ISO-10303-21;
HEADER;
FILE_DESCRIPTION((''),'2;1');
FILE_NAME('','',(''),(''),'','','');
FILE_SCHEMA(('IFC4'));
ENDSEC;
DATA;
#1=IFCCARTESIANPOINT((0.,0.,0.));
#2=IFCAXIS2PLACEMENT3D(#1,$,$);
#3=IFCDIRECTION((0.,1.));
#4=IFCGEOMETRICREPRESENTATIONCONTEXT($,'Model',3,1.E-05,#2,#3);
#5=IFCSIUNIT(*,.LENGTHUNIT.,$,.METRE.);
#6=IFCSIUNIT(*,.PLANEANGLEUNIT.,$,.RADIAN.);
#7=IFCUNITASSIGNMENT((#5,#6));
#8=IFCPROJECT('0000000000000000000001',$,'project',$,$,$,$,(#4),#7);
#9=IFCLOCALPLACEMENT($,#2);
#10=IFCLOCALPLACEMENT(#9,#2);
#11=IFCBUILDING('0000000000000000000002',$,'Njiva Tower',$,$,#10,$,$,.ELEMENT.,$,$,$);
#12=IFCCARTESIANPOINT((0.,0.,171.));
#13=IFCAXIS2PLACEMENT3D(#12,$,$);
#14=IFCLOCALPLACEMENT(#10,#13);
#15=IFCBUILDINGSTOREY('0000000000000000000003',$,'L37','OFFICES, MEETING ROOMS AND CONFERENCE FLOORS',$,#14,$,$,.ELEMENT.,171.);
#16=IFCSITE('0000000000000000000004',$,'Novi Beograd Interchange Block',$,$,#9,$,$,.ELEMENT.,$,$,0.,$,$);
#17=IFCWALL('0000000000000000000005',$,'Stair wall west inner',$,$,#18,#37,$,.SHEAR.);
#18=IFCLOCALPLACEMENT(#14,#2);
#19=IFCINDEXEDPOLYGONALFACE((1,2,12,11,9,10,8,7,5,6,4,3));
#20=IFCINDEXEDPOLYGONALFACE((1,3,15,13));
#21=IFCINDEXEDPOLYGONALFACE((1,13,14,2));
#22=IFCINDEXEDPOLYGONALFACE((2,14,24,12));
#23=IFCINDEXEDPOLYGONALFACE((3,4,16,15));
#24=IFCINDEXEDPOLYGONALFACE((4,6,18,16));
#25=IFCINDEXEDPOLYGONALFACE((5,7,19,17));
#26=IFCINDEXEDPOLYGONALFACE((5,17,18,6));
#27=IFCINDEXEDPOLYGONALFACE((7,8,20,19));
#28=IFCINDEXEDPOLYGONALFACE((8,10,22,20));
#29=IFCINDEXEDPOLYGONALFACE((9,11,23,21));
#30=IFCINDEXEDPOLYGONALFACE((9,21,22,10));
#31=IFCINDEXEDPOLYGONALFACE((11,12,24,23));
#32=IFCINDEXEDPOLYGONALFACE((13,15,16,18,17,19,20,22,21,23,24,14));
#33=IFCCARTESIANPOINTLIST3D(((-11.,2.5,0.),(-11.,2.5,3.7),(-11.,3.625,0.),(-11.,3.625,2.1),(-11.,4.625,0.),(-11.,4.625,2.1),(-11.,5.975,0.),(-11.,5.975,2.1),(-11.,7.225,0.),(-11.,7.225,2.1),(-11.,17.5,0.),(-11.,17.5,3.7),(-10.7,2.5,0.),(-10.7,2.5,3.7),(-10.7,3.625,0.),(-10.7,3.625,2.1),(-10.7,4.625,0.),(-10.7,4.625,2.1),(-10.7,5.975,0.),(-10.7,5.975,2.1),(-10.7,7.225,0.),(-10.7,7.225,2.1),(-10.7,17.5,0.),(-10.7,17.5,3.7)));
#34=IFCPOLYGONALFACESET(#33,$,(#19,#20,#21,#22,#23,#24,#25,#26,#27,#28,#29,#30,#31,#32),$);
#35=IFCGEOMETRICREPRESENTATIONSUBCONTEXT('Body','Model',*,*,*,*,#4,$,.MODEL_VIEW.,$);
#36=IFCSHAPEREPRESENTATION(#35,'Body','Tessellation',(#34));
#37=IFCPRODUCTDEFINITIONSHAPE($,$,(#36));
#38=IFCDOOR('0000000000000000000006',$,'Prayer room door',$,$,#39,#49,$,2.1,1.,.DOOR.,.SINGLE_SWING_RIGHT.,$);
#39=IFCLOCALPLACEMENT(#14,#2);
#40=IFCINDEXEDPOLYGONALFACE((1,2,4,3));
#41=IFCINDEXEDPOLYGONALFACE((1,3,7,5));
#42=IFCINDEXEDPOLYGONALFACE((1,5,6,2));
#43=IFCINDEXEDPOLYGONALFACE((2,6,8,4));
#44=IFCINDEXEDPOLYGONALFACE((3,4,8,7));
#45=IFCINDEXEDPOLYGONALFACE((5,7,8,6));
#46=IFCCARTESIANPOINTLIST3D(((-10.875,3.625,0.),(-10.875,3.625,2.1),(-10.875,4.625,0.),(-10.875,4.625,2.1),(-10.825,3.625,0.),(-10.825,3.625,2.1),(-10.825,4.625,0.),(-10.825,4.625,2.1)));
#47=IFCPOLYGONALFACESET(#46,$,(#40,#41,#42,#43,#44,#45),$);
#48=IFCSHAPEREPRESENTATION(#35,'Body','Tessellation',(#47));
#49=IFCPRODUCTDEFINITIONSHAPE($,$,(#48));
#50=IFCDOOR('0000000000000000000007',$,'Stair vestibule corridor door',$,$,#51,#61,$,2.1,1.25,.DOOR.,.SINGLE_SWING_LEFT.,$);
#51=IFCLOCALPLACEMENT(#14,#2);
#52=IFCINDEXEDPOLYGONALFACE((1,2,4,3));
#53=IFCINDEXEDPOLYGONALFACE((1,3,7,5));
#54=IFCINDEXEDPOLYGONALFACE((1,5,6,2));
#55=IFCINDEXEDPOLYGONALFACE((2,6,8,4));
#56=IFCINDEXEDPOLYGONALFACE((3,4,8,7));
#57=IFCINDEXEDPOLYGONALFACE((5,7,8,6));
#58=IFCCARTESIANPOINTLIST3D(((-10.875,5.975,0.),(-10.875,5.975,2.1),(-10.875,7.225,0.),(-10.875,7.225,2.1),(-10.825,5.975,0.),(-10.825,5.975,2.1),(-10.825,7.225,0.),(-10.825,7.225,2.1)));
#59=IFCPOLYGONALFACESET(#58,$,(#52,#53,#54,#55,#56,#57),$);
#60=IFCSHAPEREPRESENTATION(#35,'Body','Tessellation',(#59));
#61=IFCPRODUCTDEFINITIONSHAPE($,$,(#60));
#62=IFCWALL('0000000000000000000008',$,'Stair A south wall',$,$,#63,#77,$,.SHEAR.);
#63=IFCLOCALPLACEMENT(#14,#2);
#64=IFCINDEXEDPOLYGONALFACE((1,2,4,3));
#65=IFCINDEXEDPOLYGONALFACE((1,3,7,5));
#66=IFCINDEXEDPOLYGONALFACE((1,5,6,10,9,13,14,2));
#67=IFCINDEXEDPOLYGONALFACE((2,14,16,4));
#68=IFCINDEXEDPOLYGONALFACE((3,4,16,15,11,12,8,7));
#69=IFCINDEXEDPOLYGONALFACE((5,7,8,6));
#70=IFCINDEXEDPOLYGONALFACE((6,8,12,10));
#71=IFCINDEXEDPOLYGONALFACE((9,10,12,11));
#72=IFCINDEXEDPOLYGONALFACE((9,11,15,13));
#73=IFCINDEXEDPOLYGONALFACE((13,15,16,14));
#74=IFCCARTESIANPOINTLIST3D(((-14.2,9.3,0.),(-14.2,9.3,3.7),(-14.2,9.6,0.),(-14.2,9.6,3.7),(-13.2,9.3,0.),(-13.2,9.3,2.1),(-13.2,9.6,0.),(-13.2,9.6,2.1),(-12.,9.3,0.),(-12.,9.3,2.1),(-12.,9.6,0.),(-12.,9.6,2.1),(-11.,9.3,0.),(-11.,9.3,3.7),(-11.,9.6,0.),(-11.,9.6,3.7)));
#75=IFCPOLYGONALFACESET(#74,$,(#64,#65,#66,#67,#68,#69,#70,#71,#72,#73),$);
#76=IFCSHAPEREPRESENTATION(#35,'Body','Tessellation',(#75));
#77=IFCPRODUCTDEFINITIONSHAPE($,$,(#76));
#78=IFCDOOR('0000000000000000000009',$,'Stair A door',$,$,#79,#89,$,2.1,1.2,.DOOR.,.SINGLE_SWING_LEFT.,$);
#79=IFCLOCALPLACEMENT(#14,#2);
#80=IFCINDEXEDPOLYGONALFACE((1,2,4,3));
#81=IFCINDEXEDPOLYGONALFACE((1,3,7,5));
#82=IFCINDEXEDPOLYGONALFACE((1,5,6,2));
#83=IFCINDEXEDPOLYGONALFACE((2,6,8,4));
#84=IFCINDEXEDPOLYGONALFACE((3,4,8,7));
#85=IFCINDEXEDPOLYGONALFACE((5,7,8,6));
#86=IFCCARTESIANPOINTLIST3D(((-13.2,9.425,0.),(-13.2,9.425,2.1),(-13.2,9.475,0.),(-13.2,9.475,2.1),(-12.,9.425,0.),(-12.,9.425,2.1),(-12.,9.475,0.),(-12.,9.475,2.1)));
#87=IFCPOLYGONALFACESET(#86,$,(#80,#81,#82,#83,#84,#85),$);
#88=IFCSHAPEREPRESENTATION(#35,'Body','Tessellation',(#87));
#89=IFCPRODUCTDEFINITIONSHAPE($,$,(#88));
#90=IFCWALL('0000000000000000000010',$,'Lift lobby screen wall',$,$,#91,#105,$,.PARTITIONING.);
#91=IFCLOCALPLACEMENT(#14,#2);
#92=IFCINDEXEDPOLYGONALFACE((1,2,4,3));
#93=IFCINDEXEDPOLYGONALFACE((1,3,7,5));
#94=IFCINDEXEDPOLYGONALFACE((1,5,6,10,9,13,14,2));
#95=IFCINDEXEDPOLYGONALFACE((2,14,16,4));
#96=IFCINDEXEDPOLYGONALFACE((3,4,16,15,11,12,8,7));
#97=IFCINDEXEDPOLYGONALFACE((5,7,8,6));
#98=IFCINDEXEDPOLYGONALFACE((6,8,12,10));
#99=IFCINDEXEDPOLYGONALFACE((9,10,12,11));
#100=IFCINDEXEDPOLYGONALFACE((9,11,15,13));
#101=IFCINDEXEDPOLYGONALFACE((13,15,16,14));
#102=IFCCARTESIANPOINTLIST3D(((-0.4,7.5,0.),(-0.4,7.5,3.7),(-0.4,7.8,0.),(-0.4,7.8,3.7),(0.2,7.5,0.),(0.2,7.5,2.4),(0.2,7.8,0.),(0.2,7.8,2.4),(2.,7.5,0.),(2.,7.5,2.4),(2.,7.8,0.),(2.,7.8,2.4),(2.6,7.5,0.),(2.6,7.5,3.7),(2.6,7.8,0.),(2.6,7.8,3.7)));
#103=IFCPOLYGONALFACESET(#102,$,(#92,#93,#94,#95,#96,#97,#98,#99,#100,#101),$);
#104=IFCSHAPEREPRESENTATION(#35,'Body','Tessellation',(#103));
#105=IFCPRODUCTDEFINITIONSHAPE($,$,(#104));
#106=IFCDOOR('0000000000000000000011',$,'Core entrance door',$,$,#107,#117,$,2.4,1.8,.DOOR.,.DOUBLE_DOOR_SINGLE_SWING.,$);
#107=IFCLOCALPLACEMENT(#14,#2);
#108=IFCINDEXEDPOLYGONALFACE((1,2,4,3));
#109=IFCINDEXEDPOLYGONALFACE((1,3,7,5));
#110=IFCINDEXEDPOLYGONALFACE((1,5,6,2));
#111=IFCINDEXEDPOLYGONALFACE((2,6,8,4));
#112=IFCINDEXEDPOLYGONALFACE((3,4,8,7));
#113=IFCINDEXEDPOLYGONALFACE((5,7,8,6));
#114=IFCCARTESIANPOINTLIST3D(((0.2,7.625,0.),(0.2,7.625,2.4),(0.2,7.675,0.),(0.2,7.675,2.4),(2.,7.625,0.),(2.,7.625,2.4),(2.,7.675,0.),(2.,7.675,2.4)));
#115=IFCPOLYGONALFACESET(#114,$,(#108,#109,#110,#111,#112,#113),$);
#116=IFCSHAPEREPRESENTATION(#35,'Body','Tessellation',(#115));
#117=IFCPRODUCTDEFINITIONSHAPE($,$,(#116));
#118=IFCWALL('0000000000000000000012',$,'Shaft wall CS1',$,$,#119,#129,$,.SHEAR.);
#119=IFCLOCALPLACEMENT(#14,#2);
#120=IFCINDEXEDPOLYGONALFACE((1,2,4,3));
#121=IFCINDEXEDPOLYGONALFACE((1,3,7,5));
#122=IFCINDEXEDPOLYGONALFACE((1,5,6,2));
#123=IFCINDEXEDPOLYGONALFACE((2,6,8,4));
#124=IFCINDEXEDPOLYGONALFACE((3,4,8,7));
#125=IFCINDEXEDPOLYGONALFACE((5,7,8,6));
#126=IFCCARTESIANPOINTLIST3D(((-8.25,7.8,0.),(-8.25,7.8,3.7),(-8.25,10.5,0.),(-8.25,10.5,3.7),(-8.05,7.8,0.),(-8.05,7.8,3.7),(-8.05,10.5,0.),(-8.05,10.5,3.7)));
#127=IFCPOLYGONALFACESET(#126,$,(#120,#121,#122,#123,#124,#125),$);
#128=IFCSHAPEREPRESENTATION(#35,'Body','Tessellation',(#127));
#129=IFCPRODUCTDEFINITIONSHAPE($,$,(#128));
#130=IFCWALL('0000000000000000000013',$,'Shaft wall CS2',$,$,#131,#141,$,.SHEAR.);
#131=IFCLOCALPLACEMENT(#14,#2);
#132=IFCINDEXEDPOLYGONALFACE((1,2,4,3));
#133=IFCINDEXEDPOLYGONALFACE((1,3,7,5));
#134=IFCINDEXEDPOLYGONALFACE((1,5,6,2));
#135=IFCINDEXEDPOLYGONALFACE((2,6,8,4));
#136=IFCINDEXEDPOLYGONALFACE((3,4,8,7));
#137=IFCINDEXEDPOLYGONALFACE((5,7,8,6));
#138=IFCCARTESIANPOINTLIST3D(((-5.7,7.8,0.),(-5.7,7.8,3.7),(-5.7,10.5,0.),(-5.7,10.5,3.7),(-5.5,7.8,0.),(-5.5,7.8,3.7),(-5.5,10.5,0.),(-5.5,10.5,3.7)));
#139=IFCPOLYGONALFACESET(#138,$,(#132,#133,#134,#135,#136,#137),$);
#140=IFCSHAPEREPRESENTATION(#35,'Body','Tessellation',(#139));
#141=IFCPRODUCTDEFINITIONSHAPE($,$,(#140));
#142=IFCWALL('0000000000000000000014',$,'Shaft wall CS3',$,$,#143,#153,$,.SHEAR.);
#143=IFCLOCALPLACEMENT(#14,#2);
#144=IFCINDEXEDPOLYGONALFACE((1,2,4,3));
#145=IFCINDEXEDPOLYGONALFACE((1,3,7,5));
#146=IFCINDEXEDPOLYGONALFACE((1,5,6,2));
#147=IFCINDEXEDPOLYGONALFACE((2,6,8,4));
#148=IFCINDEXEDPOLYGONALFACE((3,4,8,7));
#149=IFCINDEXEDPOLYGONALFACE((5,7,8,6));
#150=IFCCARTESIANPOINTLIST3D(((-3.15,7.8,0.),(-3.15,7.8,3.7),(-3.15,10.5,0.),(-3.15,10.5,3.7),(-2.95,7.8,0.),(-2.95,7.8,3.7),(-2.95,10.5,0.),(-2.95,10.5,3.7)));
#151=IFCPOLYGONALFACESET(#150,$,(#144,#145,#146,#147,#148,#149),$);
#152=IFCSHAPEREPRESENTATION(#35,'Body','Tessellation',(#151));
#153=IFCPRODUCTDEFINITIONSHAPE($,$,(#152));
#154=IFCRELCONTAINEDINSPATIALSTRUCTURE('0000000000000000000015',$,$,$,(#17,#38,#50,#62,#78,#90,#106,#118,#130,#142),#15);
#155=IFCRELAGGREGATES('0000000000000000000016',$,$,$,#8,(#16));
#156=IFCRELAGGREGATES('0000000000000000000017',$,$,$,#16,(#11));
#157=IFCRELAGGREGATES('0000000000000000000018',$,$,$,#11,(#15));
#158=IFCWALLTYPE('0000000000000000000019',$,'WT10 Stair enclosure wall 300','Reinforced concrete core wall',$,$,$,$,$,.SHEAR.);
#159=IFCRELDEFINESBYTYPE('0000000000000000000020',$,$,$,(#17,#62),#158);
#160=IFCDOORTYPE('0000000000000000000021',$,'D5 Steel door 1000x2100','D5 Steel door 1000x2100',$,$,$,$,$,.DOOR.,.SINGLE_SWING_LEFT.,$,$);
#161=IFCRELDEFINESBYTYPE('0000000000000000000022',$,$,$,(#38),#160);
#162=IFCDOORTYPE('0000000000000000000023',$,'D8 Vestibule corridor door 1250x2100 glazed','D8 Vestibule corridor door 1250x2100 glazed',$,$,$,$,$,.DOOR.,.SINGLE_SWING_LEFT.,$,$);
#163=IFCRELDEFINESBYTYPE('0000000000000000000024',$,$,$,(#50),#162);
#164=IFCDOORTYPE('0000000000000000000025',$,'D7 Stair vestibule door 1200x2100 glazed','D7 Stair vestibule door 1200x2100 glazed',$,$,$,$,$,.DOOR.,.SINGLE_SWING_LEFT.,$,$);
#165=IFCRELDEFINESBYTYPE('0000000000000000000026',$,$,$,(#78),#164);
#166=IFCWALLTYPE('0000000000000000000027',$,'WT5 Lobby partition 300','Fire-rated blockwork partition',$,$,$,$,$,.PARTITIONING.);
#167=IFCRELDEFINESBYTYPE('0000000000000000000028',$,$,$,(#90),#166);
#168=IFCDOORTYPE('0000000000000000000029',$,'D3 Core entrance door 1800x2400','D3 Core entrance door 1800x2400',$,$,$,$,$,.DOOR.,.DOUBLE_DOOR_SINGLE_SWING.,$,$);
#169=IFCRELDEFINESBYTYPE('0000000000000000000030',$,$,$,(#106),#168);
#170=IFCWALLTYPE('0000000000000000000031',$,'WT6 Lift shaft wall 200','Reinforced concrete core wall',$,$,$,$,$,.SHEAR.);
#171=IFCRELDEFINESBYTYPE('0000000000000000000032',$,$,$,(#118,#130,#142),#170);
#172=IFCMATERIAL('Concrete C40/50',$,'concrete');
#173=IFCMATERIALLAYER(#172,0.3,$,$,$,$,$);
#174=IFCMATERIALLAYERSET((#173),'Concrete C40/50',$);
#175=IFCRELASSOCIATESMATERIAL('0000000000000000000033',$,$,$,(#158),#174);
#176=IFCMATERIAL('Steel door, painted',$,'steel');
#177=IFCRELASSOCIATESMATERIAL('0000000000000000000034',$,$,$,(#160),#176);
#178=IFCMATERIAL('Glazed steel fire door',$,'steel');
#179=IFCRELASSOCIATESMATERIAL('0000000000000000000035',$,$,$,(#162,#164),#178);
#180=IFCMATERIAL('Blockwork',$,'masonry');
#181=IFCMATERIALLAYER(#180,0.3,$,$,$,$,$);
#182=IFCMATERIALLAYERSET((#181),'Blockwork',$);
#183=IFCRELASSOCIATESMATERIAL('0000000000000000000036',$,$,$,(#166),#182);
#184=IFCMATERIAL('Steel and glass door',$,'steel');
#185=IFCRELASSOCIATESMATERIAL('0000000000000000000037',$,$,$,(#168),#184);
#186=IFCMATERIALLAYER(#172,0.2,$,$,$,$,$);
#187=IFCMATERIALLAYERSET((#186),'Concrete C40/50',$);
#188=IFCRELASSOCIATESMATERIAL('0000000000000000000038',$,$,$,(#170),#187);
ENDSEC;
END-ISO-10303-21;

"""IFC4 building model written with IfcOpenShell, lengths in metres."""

from ifc_helpers import new_model, si_unit, direction, frame, frame_2d, origin, place, context, subcontext, project, spatial, rectangle, extrude, material, layer, layer_set, type_object, element, fill, save


model = new_model("IFC4")

# Units and contexts
model_context = context("Model", 3, precision=1e-05, world=origin(), true_north=direction((0.0, 1.0)))
body_context = subcontext(model_context, "Body", "Model", "MODEL_VIEW")
ifc_project = project(units=[si_unit("LENGTHUNIT", "METRE"), si_unit("PLANEANGLEUNIT", "RADIAN")], contexts=[model_context])

# Site, building, storey
site_placement = place(None, origin())
site = spatial("IfcSite", under=ifc_project, at=site_placement, Name="Novi Beograd Interchange Block", CompositionType="ELEMENT", RefElevation=0.0)
building_placement = place(site_placement, origin())
building = spatial("IfcBuilding", under=site, at=building_placement, Name="Njiva Tower", CompositionType="ELEMENT")
storey_placement = place(building_placement, frame((0.0, 0.0, 171.0)))
storey = spatial("IfcBuildingStorey", under=building, at=storey_placement, Name="L37", Description="OFFICES, MEETING ROOMS AND CONFERENCE FLOORS", CompositionType="ELEMENT", Elevation=171.0)

# Shared definitions
ifc_material_1 = material(Name="Blockwork", Category="masonry")

# Wall, openings, doors
ifc_material_2 = material(Name="Concrete C40/50", Category="concrete")
ifc_layer_1 = layer(ifc_material_2, 0.3)
ifc_layer_set_1 = layer_set([ifc_layer_1], Name="Concrete C40/50")
wall_type_1 = type_object("IfcWallType", Name="WT10 Stair enclosure wall 300", Description="Reinforced concrete core wall", PredefinedType="SHEAR", material=ifc_layer_set_1)
wall_1_placement = place(storey_placement, frame((-10.85, 2.5, 0.0), z_axis=(0.0, 0.0, 1.0), x_axis=(0.0, 1.0, 0.0)))
wall_1 = element("IfcWall", 1, at=wall_1_placement, inside=storey, type_object=wall_type_1, Name="Stair wall west inner", PredefinedType="SHEAR", context=body_context, shape_type="SweptSolid", body=[
    extrude(rectangle(XDim=15.0, YDim=0.3, at=frame_2d((7.5, 0.0))), origin(), (0.0, 0.0, 1.0), 3.7),
])
opening_1_placement = place(wall_1_placement, frame((3.475, 0.0, 0.0)))
opening_1 = element("IfcOpeningElement", 2, at=opening_1_placement, cuts=wall_1, PredefinedType="OPENING", context=body_context, shape_type="SweptSolid", body=[
    extrude(rectangle(XDim=1.25, YDim=2.1, at=frame_2d((0.625, 1.05))), frame((0.0, 0.16, 0.0), z_axis=(0.0, -1.0, 0.0), x_axis=(1.0, 0.0, 0.0)), (0.0, 0.0, 1.0), 0.32),
])
opening_2_placement = place(wall_1_placement, frame((1.125, 0.0, 0.0)))
opening_2 = element("IfcOpeningElement", 3, at=opening_2_placement, cuts=wall_1, PredefinedType="OPENING", context=body_context, shape_type="SweptSolid", body=[
    extrude(rectangle(XDim=1.0, YDim=2.1, at=frame_2d((0.5, 1.05))), frame((0.0, 0.16, 0.0), z_axis=(0.0, -1.0, 0.0), x_axis=(1.0, 0.0, 0.0)), (0.0, 0.0, 1.0), 0.32),
])
ifc_material_3 = material(Name="Steel door, painted", Category="steel")
door_type_1 = type_object("IfcDoorType", Name="D5 Steel door 1000x2100", Description="D5 Steel door 1000x2100", OperationType="SINGLE_SWING_LEFT", PredefinedType="DOOR", material=ifc_material_3)
door_1_placement = place(opening_2_placement, origin())
door_1 = element("IfcDoor", 4, at=door_1_placement, inside=storey, type_object=door_type_1, Name="Prayer room door", OperationType="SINGLE_SWING_RIGHT", OverallHeight=2.1, OverallWidth=1.0, PredefinedType="DOOR", context=body_context, shape_type="SweptSolid", body=[
    extrude(rectangle(XDim=1.0, YDim=2.1, at=frame_2d((0.5, 1.05))), frame((0.0, 0.025, 0.0), z_axis=(0.0, -1.0, 0.0), x_axis=(1.0, 0.0, 0.0)), (0.0, 0.0, 1.0), 0.05),
])
fill(opening_2, door_1)
ifc_material_4 = material(Name="Glazed steel fire door", Category="steel")
door_type_2 = type_object("IfcDoorType", Name="D8 Vestibule corridor door 1250x2100 glazed", Description="D8 Vestibule corridor door 1250x2100 glazed", OperationType="SINGLE_SWING_LEFT", PredefinedType="DOOR", material=ifc_material_4)
door_2_placement = place(opening_1_placement, origin())
door_2 = element("IfcDoor", 5, at=door_2_placement, inside=storey, type_object=door_type_2, Name="Stair vestibule corridor door", OperationType="SINGLE_SWING_LEFT", OverallHeight=2.1, OverallWidth=1.25, PredefinedType="DOOR", context=body_context, shape_type="SweptSolid", body=[
    extrude(rectangle(XDim=1.25, YDim=2.1, at=frame_2d((0.625, 1.05))), frame((0.0, 0.025, 0.0), z_axis=(0.0, -1.0, 0.0), x_axis=(1.0, 0.0, 0.0)), (0.0, 0.0, 1.0), 0.05),
])
fill(opening_1, door_2)

# Walls, openings, doors
wall_2_placement = place(storey_placement, frame((-14.2, 9.45, 0.0), z_axis=(0.0, 0.0, 1.0), x_axis=(1.0, 0.0, 0.0)))
wall_2 = element("IfcWall", 6, at=wall_2_placement, inside=storey, type_object=wall_type_1, Name="Stair A south wall", PredefinedType="SHEAR", context=body_context, shape_type="SweptSolid", body=[
    extrude(rectangle(XDim=3.2, YDim=0.3, at=frame_2d((1.6, 0.0))), origin(), (0.0, 0.0, 1.0), 3.7),
])
opening_3_placement = place(wall_2_placement, frame((1.0, 0.0, 0.0)))
opening_3 = element("IfcOpeningElement", 7, at=opening_3_placement, cuts=wall_2, PredefinedType="OPENING", context=body_context, shape_type="SweptSolid", body=[
    extrude(rectangle(XDim=1.2, YDim=2.1, at=frame_2d((0.6, 1.05))), frame((0.0, 0.16, 0.0), z_axis=(0.0, -1.0, 0.0), x_axis=(1.0, 0.0, 0.0)), (0.0, 0.0, 1.0), 0.32),
])
door_type_3 = type_object("IfcDoorType", Name="D7 Stair vestibule door 1200x2100 glazed", Description="D7 Stair vestibule door 1200x2100 glazed", OperationType="SINGLE_SWING_LEFT", PredefinedType="DOOR", material=ifc_material_4)
door_3_placement = place(opening_3_placement, origin())
door_3 = element("IfcDoor", 8, at=door_3_placement, inside=storey, type_object=door_type_3, Name="Stair A door", OperationType="SINGLE_SWING_LEFT", OverallHeight=2.1, OverallWidth=1.2, PredefinedType="DOOR", context=body_context, shape_type="SweptSolid", body=[
    extrude(rectangle(XDim=1.2, YDim=2.1, at=frame_2d((0.6, 1.05))), frame((0.0, 0.025, 0.0), z_axis=(0.0, -1.0, 0.0), x_axis=(1.0, 0.0, 0.0)), (0.0, 0.0, 1.0), 0.05),
])
fill(opening_3, door_3)
ifc_layer_2 = layer(ifc_material_1, 0.3)
ifc_layer_set_2 = layer_set([ifc_layer_2], Name="Blockwork")
wall_type_2 = type_object("IfcWallType", Name="WT5 Lobby partition 300", Description="Fire-rated blockwork partition", PredefinedType="PARTITIONING", material=ifc_layer_set_2)
wall_3_placement = place(storey_placement, frame((-0.4, 7.65, 0.0), z_axis=(0.0, 0.0, 1.0), x_axis=(1.0, 0.0, 0.0)))
wall_3 = element("IfcWall", 9, at=wall_3_placement, inside=storey, type_object=wall_type_2, Name="Lift lobby screen wall", PredefinedType="PARTITIONING", context=body_context, shape_type="SweptSolid", body=[
    extrude(rectangle(XDim=3.0, YDim=0.3, at=frame_2d((1.5, 0.0))), origin(), (0.0, 0.0, 1.0), 3.7),
])
opening_4_placement = place(wall_3_placement, frame((0.6, 0.0, 0.0)))
opening_4 = element("IfcOpeningElement", 10, at=opening_4_placement, cuts=wall_3, PredefinedType="OPENING", context=body_context, shape_type="SweptSolid", body=[
    extrude(rectangle(XDim=1.8, YDim=2.4, at=frame_2d((0.9, 1.2))), frame((0.0, 0.16, 0.0), z_axis=(0.0, -1.0, 0.0), x_axis=(1.0, 0.0, 0.0)), (0.0, 0.0, 1.0), 0.32),
])
ifc_material_5 = material(Name="Steel and glass door", Category="steel")
door_type_4 = type_object("IfcDoorType", Name="D3 Core entrance door 1800x2400", Description="D3 Core entrance door 1800x2400", OperationType="DOUBLE_DOOR_SINGLE_SWING", PredefinedType="DOOR", material=ifc_material_5)
door_4_placement = place(opening_4_placement, origin())
door_4 = element("IfcDoor", 11, at=door_4_placement, inside=storey, type_object=door_type_4, Name="Core entrance door", OperationType="DOUBLE_DOOR_SINGLE_SWING", OverallHeight=2.4, OverallWidth=1.8, PredefinedType="DOOR", context=body_context, shape_type="SweptSolid", body=[
    extrude(rectangle(XDim=1.8, YDim=2.4, at=frame_2d((0.9, 1.2))), frame((0.0, 0.025, 0.0), z_axis=(0.0, -1.0, 0.0), x_axis=(1.0, 0.0, 0.0)), (0.0, 0.0, 1.0), 0.05),
])
fill(opening_4, door_4)

# Walls
ifc_layer_3 = layer(ifc_material_2, 0.2)
ifc_layer_set_3 = layer_set([ifc_layer_3], Name="Concrete C40/50")
wall_type_3 = type_object("IfcWallType", Name="WT6 Lift shaft wall 200", Description="Reinforced concrete core wall", PredefinedType="SHEAR", material=ifc_layer_set_3)
for number, where, z_axis, x_axis, name in (
    (12, (-8.15, 7.8, 0.0), (0.0, 0.0, 1.0), (0.0, 1.0, 0.0), "Shaft wall CS1"),
    (13, (-5.6, 7.8, 0.0), (0.0, 0.0, 1.0), (0.0, 1.0, 0.0), "Shaft wall CS2"),
    (14, (-3.05, 7.8, 0.0), (0.0, 0.0, 1.0), (0.0, 1.0, 0.0), "Shaft wall CS3"),
):
    element("IfcWall", number, at=place(storey_placement, frame(where, z_axis=z_axis, x_axis=x_axis)), inside=storey, type_object=wall_type_3, Name=name, PredefinedType="SHEAR", context=body_context, shape_type="SweptSolid", body=[
        extrude(rectangle(XDim=2.7, YDim=0.2, at=frame_2d((1.35, 0.0))), origin(), (0.0, 0.0, 1.0), 3.7),
    ])

save(model, "model.ifc")
